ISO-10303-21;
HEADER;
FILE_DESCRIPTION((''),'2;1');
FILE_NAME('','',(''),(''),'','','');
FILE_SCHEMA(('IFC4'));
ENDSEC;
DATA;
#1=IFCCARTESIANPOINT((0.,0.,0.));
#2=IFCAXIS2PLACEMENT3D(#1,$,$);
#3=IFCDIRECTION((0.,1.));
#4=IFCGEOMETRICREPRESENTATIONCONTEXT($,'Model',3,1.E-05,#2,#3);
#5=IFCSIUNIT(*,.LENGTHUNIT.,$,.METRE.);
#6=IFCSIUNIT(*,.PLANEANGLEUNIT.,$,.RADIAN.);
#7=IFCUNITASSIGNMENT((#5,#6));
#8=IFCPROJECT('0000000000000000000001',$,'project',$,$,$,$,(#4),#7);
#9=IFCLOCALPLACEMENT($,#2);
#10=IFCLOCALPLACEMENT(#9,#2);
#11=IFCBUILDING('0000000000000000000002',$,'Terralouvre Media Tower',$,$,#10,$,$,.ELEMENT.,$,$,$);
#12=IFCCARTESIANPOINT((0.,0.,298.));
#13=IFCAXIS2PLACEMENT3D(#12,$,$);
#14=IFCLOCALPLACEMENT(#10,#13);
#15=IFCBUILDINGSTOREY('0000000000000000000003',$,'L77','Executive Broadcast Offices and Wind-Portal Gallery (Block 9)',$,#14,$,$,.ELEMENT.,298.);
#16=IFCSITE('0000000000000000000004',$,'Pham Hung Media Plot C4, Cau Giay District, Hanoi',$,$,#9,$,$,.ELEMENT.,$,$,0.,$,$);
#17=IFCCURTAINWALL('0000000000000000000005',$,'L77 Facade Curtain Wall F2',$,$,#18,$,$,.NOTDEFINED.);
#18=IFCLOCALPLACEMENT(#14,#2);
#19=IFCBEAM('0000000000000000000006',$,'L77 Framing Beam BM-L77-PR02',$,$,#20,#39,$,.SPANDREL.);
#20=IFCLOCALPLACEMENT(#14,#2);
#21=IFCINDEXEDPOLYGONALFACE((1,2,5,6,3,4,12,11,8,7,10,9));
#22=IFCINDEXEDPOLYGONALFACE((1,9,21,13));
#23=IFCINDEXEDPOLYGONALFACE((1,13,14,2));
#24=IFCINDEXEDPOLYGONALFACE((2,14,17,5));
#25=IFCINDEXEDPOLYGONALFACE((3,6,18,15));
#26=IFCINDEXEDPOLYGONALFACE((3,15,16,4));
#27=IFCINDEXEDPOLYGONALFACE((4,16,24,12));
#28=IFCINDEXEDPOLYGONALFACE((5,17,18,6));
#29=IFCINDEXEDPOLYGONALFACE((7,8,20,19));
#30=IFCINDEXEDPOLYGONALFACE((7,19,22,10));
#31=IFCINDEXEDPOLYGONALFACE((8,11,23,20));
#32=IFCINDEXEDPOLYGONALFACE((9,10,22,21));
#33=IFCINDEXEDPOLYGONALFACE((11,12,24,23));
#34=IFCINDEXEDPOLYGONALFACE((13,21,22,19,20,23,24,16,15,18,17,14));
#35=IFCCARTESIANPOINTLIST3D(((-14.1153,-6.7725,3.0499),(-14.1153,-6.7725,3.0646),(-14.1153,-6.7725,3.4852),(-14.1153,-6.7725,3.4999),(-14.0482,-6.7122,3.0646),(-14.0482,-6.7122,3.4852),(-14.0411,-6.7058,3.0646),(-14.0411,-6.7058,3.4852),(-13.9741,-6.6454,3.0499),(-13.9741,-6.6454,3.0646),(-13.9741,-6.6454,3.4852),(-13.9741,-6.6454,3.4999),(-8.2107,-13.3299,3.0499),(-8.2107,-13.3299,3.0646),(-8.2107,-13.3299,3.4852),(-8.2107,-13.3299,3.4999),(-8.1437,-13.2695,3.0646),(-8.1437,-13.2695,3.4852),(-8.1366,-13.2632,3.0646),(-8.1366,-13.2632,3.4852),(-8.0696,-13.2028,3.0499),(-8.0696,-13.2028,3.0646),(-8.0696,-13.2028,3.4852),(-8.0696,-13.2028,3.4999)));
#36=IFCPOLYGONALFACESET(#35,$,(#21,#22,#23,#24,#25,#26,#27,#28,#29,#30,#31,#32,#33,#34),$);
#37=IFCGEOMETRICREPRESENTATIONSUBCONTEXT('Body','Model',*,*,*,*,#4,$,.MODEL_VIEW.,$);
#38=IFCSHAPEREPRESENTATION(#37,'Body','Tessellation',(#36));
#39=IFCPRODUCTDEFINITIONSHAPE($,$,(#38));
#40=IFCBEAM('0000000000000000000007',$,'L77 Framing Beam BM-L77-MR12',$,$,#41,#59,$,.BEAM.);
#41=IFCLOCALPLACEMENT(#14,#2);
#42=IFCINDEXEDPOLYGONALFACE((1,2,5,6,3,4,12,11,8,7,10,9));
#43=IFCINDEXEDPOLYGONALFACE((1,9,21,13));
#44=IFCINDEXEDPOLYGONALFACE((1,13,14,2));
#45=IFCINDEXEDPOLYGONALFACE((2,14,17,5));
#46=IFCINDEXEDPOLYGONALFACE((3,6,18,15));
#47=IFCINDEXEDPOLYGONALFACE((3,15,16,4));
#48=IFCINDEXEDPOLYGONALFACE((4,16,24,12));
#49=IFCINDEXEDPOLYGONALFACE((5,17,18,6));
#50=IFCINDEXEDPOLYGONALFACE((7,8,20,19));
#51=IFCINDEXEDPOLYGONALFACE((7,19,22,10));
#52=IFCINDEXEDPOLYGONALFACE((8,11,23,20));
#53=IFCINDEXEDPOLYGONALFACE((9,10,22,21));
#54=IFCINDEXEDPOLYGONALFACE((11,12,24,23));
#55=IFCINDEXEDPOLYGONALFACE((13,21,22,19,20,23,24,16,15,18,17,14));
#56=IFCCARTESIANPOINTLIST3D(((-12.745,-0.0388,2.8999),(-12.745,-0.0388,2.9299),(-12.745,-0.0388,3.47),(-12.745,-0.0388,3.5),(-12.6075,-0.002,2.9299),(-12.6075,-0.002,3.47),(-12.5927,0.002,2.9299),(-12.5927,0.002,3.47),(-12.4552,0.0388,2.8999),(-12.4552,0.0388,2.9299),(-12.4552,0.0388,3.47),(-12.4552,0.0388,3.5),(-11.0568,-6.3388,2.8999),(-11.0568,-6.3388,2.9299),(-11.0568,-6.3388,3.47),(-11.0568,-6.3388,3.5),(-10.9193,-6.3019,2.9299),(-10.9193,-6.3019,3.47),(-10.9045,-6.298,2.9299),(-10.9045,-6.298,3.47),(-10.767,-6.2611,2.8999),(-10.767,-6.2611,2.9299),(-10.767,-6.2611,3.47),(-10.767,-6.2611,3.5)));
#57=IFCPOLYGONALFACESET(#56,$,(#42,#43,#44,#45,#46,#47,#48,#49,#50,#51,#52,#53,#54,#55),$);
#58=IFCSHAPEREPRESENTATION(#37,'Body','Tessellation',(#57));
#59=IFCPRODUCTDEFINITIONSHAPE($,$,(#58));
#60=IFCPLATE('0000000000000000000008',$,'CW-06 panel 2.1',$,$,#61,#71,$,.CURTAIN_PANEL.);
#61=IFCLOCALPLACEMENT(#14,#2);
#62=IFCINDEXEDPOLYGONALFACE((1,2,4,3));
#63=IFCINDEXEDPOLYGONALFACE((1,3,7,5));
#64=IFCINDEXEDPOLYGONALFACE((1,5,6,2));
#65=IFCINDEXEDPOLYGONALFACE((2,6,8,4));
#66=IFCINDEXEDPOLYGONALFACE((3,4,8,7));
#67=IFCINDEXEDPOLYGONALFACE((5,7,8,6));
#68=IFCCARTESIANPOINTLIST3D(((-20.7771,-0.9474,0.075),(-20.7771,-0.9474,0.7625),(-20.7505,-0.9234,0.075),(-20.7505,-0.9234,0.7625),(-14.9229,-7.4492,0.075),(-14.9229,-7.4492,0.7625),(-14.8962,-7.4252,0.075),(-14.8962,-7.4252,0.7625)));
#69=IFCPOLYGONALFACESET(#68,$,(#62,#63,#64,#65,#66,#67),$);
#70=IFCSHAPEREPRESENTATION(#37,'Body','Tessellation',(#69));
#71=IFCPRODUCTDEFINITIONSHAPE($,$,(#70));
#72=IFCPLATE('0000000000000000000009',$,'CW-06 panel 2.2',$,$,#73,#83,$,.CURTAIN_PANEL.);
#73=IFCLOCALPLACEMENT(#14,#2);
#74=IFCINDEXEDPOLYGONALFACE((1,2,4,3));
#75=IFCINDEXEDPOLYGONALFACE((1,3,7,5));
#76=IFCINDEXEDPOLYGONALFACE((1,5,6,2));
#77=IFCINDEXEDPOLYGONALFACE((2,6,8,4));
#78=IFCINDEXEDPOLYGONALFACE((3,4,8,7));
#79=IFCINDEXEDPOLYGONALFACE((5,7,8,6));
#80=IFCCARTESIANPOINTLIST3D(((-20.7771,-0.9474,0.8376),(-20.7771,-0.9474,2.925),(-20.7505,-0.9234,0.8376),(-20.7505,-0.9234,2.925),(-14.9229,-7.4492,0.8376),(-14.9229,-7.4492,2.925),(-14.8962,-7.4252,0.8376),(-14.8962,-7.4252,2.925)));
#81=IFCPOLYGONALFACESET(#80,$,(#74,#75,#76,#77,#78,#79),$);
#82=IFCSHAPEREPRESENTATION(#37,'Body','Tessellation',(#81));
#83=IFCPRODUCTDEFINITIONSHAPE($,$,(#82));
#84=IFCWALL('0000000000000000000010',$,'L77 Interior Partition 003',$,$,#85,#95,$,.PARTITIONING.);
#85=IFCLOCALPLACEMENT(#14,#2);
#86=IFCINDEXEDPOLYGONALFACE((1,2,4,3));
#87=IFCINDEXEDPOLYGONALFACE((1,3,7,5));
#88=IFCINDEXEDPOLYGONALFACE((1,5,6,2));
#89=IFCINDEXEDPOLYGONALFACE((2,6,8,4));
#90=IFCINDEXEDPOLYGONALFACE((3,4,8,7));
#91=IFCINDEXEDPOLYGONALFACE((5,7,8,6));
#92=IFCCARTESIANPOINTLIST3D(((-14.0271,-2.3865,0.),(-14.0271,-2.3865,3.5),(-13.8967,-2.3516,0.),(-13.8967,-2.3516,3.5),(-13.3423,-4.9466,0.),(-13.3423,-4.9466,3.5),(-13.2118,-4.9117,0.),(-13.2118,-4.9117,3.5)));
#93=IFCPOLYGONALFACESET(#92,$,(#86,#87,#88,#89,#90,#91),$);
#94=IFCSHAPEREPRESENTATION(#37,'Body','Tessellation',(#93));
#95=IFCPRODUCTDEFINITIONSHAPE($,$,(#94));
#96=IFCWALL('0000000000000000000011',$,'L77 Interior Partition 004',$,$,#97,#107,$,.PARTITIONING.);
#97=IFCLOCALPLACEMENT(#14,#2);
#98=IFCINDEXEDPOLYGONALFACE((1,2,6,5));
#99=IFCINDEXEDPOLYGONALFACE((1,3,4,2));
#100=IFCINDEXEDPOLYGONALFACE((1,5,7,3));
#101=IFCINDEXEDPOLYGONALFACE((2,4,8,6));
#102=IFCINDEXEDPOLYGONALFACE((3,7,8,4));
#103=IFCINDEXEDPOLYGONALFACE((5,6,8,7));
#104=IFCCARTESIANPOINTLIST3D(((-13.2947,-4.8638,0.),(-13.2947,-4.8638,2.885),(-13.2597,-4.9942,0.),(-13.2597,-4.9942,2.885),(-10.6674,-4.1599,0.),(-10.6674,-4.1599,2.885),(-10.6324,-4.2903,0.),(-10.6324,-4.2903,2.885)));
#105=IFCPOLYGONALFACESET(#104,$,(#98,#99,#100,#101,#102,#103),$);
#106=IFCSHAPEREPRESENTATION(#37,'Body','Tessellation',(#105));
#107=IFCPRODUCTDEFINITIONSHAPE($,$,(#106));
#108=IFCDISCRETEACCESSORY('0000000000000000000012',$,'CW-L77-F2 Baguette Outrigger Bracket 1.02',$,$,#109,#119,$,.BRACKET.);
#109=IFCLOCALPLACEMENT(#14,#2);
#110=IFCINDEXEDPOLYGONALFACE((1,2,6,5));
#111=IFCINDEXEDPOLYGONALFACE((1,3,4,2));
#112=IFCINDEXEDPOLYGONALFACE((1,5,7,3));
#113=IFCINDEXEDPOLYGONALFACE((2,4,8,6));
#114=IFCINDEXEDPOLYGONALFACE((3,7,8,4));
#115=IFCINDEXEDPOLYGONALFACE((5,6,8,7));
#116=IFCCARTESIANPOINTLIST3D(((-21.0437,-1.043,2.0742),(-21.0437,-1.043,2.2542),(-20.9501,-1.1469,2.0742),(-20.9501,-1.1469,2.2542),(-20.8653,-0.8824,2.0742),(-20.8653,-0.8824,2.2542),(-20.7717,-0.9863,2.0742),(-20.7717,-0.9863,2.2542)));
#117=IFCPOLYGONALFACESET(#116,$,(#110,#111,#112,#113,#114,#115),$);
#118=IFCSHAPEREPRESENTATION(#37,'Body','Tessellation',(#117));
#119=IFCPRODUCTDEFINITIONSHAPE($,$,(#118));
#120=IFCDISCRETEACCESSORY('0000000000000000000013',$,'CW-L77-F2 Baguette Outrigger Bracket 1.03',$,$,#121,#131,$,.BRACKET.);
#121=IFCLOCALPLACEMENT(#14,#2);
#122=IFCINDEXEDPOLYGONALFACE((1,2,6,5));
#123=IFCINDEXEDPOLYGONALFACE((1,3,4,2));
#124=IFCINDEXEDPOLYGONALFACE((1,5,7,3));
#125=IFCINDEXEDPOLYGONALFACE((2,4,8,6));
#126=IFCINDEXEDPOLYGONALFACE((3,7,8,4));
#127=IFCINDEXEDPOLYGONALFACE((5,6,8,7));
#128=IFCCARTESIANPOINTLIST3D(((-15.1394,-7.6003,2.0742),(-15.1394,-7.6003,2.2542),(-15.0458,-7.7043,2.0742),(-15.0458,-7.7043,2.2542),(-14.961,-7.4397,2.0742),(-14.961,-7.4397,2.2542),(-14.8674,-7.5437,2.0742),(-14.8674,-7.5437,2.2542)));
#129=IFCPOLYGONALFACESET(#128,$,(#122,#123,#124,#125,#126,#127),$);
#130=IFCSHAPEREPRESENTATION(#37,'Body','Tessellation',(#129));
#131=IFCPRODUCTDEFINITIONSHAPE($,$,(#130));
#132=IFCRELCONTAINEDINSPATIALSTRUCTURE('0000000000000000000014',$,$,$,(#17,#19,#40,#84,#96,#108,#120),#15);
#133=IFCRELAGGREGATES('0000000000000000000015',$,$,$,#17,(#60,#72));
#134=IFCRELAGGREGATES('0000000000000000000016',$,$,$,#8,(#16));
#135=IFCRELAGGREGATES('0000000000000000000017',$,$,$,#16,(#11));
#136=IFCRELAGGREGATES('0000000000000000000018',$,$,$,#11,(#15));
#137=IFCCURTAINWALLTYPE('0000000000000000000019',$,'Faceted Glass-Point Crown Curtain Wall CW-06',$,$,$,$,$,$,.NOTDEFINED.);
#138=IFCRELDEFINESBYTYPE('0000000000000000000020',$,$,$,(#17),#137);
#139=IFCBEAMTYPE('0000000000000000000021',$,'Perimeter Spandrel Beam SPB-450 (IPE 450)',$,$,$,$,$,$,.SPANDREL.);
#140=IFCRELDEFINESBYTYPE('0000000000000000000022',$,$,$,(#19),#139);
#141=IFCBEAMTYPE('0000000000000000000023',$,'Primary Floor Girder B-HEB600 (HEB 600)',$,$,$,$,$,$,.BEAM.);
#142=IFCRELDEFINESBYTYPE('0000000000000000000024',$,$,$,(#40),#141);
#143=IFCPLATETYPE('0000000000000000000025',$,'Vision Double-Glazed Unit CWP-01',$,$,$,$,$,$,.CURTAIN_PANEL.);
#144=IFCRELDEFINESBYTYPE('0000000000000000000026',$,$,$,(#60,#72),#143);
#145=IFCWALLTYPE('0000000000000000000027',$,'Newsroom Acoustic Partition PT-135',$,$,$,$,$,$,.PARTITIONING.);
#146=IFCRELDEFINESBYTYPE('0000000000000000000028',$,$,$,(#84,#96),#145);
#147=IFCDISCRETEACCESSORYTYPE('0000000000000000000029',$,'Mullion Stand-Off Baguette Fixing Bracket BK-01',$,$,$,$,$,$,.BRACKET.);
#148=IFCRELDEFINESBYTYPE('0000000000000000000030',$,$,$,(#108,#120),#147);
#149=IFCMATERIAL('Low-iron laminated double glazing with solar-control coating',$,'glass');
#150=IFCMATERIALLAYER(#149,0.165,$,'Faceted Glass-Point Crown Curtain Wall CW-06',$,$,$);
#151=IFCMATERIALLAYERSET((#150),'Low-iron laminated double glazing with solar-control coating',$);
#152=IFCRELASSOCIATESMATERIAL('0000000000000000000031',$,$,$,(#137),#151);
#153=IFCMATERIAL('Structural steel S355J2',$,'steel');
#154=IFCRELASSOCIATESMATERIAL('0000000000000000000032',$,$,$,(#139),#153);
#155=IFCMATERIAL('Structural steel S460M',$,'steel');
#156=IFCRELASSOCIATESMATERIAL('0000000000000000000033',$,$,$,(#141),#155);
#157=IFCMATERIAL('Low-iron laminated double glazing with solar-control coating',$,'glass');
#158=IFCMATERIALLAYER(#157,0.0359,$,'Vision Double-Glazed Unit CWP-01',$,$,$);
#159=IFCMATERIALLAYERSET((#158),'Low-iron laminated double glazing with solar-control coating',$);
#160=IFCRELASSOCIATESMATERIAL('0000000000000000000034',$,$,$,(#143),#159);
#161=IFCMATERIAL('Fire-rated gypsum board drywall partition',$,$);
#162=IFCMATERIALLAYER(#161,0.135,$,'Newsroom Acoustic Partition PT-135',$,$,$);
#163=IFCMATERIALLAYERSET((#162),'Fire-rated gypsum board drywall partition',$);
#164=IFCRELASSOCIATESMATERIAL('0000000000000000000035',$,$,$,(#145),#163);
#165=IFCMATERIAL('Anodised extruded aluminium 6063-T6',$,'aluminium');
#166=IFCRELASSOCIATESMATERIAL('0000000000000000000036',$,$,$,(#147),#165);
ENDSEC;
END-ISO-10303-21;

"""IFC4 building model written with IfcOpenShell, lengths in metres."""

from ifc_helpers import new_model, si_unit, direction, frame, frame_2d, origin, origin_2d, place, context, subcontext, project, spatial, rectangle, i_section, extrude, material, layer, layer_set, material_profile, profile_set, type_object, element, aggregate, save


model = new_model("IFC4")

# Units and contexts
model_context = context("Model", 3, precision=1e-05, world=origin(), true_north=direction((0.0, 1.0)))
body_context = subcontext(model_context, "Body", "Model", "MODEL_VIEW")
ifc_project = project(units=[si_unit("LENGTHUNIT", "METRE"), si_unit("PLANEANGLEUNIT", "RADIAN")], contexts=[model_context])

# Site, building, storey
site_placement = place(None, origin())
site = spatial("IfcSite", under=ifc_project, at=site_placement, Name="Pham Hung Media Plot C4, Cau Giay District, Hanoi", CompositionType="ELEMENT", RefElevation=0.0)
building_placement = place(site_placement, origin())
building = spatial("IfcBuilding", under=site, at=building_placement, Name="Terralouvre Media Tower", CompositionType="ELEMENT")
storey_placement = place(building_placement, frame((0.0, 0.0, 298.0)))
storey = spatial("IfcBuildingStorey", under=building, at=storey_placement, Name="L77", Description="Executive Broadcast Offices and Wind-Portal Gallery (Block 9)", CompositionType="ELEMENT", Elevation=298.0)

# Curtain wall
ifc_material_1 = material(Name="Low-iron laminated double glazing with solar-control coating", Category="glass")
ifc_layer_1 = layer(ifc_material_1, 0.165, Name="Faceted Glass-Point Crown Curtain Wall CW-06")
ifc_layer_set_1 = layer_set([ifc_layer_1], Name="Low-iron laminated double glazing with solar-control coating")
curtain_wall_type = type_object("IfcCurtainWallType", Name="Faceted Glass-Point Crown Curtain Wall CW-06", PredefinedType="NOTDEFINED", material=ifc_layer_set_1)
curtain_wall_placement = place(storey_placement, origin())
curtain_wall = element("IfcCurtainWall", 1, at=curtain_wall_placement, inside=storey, type_object=curtain_wall_type, Name="L77 Facade Curtain Wall F2", PredefinedType="NOTDEFINED")

# Beams
ifc_material_2 = material(Name="Structural steel S355J2", Category="steel")
ifc_material_profile_1 = material_profile(ifc_material_2, i_section(OverallWidth=0.1899, OverallDepth=0.45, WebThickness=0.0095, FlangeThickness=0.0146, at=origin_2d()), Name="IPE 450")
ifc_profile_set_1 = profile_set([ifc_material_profile_1], Name="Structural steel S355J2")
beam_type_1 = type_object("IfcBeamType", Name="Perimeter Spandrel Beam SPB-450 (IPE 450)", PredefinedType="SPANDREL", material=ifc_profile_set_1)
for number, where, z_axis, x_axis, name in (
    (2, (-14.0447, -6.709, 3.2749), (0.669147, -0.74313, 0.0), (0.74313, 0.669147, 0.0), "L77 Framing Beam BM-L77-PR02"),
):
    element("IfcBeam", number, at=place(storey_placement, frame(where, z_axis=z_axis, x_axis=x_axis)), inside=storey, type_object=beam_type_1, Name=name, PredefinedType="SPANDREL", context=body_context, shape_type="SweptSolid", body=[
        extrude(i_section(OverallWidth=0.1899, OverallDepth=0.45, WebThickness=0.0095, FlangeThickness=0.0146, at=origin_2d()), origin(), (0.0, 0.0, 1.0), 8.824),
    ])
ifc_material_3 = material(Name="Structural steel S460M", Category="steel")
ifc_material_profile_2 = material_profile(ifc_material_3, i_section(OverallWidth=0.3, OverallDepth=0.6001, WebThickness=0.0154, FlangeThickness=0.03, at=origin_2d()), Name="HEB 600")
ifc_profile_set_2 = profile_set([ifc_material_profile_2], Name="Structural steel S460M")
beam_type_2 = type_object("IfcBeamType", Name="Primary Floor Girder B-HEB600 (HEB 600)", PredefinedType="BEAM", material=ifc_profile_set_2)
beam_placement = place(storey_placement, frame((-12.6001, 0.0, 3.2), z_axis=(0.258839, -0.96592, 0.0), x_axis=(0.96592, 0.258839, 0.0)))
element("IfcBeam", 3, at=beam_placement, inside=storey, type_object=beam_type_2, Name="L77 Framing Beam BM-L77-MR12", PredefinedType="BEAM", context=body_context, shape_type="SweptSolid", body=[
    extrude(i_section(OverallWidth=0.3, OverallDepth=0.6001, WebThickness=0.0154, FlangeThickness=0.03, at=origin_2d()), origin(), (0.0, 0.0, 1.0), 6.5222),
])

# Plates
ifc_material_4 = material(Name="Low-iron laminated double glazing with solar-control coating", Category="glass")
ifc_layer_2 = layer(ifc_material_4, 0.0359, Name="Vision Double-Glazed Unit CWP-01")
ifc_layer_set_2 = layer_set([ifc_layer_2], Name="Low-iron laminated double glazing with solar-control coating")
plate_type = type_object("IfcPlateType", Name="Vision Double-Glazed Unit CWP-01", PredefinedType="CURTAIN_PANEL", material=ifc_layer_set_2)
plate_1_placement = place(storey_placement, frame((-17.8367, -4.1863, 0.075), z_axis=(0.0, 0.0, 1.0), x_axis=(0.669131, -0.743145, 0.0)))
plate_1 = element("IfcPlate", 4, at=plate_1_placement, type_object=plate_type, Name="CW-06 panel 2.1", PredefinedType="CURTAIN_PANEL", context=body_context, shape_type="SweptSolid", body=[
    extrude(rectangle(XDim=8.749, YDim=0.0359, at=origin_2d()), origin(), (0.0, 0.0, 1.0), 0.6875),
])
plate_2_placement = place(storey_placement, frame((-17.8367, -4.1863, 0.8376), z_axis=(0.0, 0.0, 1.0), x_axis=(0.669131, -0.743145, 0.0)))
plate_2 = element("IfcPlate", 5, at=plate_2_placement, type_object=plate_type, Name="CW-06 panel 2.2", PredefinedType="CURTAIN_PANEL", context=body_context, shape_type="SweptSolid", body=[
    extrude(rectangle(XDim=8.749, YDim=0.0359, at=origin_2d()), origin(), (0.0, 0.0, 1.0), 2.0874),
])
aggregate(curtain_wall, [plate_1, plate_2])

# Walls
ifc_material_5 = material(Name="Fire-rated gypsum board drywall partition")
ifc_layer_3 = layer(ifc_material_5, 0.135, Name="Newsroom Acoustic Partition PT-135")
ifc_layer_set_3 = layer_set([ifc_layer_3], Name="Fire-rated gypsum board drywall partition")
wall_type = type_object("IfcWallType", Name="Newsroom Acoustic Partition PT-135", PredefinedType="PARTITIONING", material=ifc_layer_set_3)
wall_1_placement = place(storey_placement, frame((-13.9619, -2.3689, 0.0), z_axis=(0.0, 0.0, 1.0), x_axis=(0.258414, -0.966034, 0.0)))
element("IfcWall", 6, at=wall_1_placement, inside=storey, type_object=wall_type, Name="L77 Interior Partition 003", PredefinedType="PARTITIONING", context=body_context, shape_type="SweptSolid", body=[
    extrude(rectangle(XDim=2.6501, YDim=0.135, at=frame_2d((1.3252, 0.0))), origin(), (0.0, 0.0, 1.0), 3.5),
])
wall_2_placement = place(storey_placement, frame((-13.2771, -4.929, 0.0), z_axis=(0.0, 0.0, 1.0), x_axis=(0.965935, 0.258785, 0.0)))
element("IfcWall", 7, at=wall_2_placement, inside=storey, type_object=wall_type, Name="L77 Interior Partition 004", PredefinedType="PARTITIONING", context=body_context, shape_type="SweptSolid", body=[
    extrude(rectangle(XDim=2.72, YDim=0.135, at=frame_2d((1.3599, 0.0))), origin(), (0.0, 0.0, 1.0), 2.885),
])

# Discrete accessories
ifc_material_6 = material(Name="Anodised extruded aluminium 6063-T6", Category="aluminium")
discrete_accessory_type = type_object("IfcDiscreteAccessoryType", Name="Mullion Stand-Off Baguette Fixing Bracket BK-01", PredefinedType="BRACKET", material=ifc_material_6)
for number, where, z_axis, x_axis, name in (
    (8, (-20.9077, -1.0146, 2.0742), (0.0, 0.0, 1.0), (0.669131, -0.743145, 0.0), "CW-L77-F2 Baguette Outrigger Bracket 1.02"),
    (9, (-15.0034, -7.572, 2.0742), (0.0, 0.0, 1.0), (0.669131, -0.743145, 0.0), "CW-L77-F2 Baguette Outrigger Bracket 1.03"),
):
    element("IfcDiscreteAccessory", number, at=place(storey_placement, frame(where, z_axis=z_axis, x_axis=x_axis)), inside=storey, type_object=discrete_accessory_type, Name=name, PredefinedType="BRACKET", context=body_context, shape_type="SweptSolid", body=[
        extrude(rectangle(XDim=0.1399, YDim=0.24, at=origin_2d()), origin(), (0.0, 0.0, 1.0), 0.1799),
    ])

save(model, "model.ifc")
